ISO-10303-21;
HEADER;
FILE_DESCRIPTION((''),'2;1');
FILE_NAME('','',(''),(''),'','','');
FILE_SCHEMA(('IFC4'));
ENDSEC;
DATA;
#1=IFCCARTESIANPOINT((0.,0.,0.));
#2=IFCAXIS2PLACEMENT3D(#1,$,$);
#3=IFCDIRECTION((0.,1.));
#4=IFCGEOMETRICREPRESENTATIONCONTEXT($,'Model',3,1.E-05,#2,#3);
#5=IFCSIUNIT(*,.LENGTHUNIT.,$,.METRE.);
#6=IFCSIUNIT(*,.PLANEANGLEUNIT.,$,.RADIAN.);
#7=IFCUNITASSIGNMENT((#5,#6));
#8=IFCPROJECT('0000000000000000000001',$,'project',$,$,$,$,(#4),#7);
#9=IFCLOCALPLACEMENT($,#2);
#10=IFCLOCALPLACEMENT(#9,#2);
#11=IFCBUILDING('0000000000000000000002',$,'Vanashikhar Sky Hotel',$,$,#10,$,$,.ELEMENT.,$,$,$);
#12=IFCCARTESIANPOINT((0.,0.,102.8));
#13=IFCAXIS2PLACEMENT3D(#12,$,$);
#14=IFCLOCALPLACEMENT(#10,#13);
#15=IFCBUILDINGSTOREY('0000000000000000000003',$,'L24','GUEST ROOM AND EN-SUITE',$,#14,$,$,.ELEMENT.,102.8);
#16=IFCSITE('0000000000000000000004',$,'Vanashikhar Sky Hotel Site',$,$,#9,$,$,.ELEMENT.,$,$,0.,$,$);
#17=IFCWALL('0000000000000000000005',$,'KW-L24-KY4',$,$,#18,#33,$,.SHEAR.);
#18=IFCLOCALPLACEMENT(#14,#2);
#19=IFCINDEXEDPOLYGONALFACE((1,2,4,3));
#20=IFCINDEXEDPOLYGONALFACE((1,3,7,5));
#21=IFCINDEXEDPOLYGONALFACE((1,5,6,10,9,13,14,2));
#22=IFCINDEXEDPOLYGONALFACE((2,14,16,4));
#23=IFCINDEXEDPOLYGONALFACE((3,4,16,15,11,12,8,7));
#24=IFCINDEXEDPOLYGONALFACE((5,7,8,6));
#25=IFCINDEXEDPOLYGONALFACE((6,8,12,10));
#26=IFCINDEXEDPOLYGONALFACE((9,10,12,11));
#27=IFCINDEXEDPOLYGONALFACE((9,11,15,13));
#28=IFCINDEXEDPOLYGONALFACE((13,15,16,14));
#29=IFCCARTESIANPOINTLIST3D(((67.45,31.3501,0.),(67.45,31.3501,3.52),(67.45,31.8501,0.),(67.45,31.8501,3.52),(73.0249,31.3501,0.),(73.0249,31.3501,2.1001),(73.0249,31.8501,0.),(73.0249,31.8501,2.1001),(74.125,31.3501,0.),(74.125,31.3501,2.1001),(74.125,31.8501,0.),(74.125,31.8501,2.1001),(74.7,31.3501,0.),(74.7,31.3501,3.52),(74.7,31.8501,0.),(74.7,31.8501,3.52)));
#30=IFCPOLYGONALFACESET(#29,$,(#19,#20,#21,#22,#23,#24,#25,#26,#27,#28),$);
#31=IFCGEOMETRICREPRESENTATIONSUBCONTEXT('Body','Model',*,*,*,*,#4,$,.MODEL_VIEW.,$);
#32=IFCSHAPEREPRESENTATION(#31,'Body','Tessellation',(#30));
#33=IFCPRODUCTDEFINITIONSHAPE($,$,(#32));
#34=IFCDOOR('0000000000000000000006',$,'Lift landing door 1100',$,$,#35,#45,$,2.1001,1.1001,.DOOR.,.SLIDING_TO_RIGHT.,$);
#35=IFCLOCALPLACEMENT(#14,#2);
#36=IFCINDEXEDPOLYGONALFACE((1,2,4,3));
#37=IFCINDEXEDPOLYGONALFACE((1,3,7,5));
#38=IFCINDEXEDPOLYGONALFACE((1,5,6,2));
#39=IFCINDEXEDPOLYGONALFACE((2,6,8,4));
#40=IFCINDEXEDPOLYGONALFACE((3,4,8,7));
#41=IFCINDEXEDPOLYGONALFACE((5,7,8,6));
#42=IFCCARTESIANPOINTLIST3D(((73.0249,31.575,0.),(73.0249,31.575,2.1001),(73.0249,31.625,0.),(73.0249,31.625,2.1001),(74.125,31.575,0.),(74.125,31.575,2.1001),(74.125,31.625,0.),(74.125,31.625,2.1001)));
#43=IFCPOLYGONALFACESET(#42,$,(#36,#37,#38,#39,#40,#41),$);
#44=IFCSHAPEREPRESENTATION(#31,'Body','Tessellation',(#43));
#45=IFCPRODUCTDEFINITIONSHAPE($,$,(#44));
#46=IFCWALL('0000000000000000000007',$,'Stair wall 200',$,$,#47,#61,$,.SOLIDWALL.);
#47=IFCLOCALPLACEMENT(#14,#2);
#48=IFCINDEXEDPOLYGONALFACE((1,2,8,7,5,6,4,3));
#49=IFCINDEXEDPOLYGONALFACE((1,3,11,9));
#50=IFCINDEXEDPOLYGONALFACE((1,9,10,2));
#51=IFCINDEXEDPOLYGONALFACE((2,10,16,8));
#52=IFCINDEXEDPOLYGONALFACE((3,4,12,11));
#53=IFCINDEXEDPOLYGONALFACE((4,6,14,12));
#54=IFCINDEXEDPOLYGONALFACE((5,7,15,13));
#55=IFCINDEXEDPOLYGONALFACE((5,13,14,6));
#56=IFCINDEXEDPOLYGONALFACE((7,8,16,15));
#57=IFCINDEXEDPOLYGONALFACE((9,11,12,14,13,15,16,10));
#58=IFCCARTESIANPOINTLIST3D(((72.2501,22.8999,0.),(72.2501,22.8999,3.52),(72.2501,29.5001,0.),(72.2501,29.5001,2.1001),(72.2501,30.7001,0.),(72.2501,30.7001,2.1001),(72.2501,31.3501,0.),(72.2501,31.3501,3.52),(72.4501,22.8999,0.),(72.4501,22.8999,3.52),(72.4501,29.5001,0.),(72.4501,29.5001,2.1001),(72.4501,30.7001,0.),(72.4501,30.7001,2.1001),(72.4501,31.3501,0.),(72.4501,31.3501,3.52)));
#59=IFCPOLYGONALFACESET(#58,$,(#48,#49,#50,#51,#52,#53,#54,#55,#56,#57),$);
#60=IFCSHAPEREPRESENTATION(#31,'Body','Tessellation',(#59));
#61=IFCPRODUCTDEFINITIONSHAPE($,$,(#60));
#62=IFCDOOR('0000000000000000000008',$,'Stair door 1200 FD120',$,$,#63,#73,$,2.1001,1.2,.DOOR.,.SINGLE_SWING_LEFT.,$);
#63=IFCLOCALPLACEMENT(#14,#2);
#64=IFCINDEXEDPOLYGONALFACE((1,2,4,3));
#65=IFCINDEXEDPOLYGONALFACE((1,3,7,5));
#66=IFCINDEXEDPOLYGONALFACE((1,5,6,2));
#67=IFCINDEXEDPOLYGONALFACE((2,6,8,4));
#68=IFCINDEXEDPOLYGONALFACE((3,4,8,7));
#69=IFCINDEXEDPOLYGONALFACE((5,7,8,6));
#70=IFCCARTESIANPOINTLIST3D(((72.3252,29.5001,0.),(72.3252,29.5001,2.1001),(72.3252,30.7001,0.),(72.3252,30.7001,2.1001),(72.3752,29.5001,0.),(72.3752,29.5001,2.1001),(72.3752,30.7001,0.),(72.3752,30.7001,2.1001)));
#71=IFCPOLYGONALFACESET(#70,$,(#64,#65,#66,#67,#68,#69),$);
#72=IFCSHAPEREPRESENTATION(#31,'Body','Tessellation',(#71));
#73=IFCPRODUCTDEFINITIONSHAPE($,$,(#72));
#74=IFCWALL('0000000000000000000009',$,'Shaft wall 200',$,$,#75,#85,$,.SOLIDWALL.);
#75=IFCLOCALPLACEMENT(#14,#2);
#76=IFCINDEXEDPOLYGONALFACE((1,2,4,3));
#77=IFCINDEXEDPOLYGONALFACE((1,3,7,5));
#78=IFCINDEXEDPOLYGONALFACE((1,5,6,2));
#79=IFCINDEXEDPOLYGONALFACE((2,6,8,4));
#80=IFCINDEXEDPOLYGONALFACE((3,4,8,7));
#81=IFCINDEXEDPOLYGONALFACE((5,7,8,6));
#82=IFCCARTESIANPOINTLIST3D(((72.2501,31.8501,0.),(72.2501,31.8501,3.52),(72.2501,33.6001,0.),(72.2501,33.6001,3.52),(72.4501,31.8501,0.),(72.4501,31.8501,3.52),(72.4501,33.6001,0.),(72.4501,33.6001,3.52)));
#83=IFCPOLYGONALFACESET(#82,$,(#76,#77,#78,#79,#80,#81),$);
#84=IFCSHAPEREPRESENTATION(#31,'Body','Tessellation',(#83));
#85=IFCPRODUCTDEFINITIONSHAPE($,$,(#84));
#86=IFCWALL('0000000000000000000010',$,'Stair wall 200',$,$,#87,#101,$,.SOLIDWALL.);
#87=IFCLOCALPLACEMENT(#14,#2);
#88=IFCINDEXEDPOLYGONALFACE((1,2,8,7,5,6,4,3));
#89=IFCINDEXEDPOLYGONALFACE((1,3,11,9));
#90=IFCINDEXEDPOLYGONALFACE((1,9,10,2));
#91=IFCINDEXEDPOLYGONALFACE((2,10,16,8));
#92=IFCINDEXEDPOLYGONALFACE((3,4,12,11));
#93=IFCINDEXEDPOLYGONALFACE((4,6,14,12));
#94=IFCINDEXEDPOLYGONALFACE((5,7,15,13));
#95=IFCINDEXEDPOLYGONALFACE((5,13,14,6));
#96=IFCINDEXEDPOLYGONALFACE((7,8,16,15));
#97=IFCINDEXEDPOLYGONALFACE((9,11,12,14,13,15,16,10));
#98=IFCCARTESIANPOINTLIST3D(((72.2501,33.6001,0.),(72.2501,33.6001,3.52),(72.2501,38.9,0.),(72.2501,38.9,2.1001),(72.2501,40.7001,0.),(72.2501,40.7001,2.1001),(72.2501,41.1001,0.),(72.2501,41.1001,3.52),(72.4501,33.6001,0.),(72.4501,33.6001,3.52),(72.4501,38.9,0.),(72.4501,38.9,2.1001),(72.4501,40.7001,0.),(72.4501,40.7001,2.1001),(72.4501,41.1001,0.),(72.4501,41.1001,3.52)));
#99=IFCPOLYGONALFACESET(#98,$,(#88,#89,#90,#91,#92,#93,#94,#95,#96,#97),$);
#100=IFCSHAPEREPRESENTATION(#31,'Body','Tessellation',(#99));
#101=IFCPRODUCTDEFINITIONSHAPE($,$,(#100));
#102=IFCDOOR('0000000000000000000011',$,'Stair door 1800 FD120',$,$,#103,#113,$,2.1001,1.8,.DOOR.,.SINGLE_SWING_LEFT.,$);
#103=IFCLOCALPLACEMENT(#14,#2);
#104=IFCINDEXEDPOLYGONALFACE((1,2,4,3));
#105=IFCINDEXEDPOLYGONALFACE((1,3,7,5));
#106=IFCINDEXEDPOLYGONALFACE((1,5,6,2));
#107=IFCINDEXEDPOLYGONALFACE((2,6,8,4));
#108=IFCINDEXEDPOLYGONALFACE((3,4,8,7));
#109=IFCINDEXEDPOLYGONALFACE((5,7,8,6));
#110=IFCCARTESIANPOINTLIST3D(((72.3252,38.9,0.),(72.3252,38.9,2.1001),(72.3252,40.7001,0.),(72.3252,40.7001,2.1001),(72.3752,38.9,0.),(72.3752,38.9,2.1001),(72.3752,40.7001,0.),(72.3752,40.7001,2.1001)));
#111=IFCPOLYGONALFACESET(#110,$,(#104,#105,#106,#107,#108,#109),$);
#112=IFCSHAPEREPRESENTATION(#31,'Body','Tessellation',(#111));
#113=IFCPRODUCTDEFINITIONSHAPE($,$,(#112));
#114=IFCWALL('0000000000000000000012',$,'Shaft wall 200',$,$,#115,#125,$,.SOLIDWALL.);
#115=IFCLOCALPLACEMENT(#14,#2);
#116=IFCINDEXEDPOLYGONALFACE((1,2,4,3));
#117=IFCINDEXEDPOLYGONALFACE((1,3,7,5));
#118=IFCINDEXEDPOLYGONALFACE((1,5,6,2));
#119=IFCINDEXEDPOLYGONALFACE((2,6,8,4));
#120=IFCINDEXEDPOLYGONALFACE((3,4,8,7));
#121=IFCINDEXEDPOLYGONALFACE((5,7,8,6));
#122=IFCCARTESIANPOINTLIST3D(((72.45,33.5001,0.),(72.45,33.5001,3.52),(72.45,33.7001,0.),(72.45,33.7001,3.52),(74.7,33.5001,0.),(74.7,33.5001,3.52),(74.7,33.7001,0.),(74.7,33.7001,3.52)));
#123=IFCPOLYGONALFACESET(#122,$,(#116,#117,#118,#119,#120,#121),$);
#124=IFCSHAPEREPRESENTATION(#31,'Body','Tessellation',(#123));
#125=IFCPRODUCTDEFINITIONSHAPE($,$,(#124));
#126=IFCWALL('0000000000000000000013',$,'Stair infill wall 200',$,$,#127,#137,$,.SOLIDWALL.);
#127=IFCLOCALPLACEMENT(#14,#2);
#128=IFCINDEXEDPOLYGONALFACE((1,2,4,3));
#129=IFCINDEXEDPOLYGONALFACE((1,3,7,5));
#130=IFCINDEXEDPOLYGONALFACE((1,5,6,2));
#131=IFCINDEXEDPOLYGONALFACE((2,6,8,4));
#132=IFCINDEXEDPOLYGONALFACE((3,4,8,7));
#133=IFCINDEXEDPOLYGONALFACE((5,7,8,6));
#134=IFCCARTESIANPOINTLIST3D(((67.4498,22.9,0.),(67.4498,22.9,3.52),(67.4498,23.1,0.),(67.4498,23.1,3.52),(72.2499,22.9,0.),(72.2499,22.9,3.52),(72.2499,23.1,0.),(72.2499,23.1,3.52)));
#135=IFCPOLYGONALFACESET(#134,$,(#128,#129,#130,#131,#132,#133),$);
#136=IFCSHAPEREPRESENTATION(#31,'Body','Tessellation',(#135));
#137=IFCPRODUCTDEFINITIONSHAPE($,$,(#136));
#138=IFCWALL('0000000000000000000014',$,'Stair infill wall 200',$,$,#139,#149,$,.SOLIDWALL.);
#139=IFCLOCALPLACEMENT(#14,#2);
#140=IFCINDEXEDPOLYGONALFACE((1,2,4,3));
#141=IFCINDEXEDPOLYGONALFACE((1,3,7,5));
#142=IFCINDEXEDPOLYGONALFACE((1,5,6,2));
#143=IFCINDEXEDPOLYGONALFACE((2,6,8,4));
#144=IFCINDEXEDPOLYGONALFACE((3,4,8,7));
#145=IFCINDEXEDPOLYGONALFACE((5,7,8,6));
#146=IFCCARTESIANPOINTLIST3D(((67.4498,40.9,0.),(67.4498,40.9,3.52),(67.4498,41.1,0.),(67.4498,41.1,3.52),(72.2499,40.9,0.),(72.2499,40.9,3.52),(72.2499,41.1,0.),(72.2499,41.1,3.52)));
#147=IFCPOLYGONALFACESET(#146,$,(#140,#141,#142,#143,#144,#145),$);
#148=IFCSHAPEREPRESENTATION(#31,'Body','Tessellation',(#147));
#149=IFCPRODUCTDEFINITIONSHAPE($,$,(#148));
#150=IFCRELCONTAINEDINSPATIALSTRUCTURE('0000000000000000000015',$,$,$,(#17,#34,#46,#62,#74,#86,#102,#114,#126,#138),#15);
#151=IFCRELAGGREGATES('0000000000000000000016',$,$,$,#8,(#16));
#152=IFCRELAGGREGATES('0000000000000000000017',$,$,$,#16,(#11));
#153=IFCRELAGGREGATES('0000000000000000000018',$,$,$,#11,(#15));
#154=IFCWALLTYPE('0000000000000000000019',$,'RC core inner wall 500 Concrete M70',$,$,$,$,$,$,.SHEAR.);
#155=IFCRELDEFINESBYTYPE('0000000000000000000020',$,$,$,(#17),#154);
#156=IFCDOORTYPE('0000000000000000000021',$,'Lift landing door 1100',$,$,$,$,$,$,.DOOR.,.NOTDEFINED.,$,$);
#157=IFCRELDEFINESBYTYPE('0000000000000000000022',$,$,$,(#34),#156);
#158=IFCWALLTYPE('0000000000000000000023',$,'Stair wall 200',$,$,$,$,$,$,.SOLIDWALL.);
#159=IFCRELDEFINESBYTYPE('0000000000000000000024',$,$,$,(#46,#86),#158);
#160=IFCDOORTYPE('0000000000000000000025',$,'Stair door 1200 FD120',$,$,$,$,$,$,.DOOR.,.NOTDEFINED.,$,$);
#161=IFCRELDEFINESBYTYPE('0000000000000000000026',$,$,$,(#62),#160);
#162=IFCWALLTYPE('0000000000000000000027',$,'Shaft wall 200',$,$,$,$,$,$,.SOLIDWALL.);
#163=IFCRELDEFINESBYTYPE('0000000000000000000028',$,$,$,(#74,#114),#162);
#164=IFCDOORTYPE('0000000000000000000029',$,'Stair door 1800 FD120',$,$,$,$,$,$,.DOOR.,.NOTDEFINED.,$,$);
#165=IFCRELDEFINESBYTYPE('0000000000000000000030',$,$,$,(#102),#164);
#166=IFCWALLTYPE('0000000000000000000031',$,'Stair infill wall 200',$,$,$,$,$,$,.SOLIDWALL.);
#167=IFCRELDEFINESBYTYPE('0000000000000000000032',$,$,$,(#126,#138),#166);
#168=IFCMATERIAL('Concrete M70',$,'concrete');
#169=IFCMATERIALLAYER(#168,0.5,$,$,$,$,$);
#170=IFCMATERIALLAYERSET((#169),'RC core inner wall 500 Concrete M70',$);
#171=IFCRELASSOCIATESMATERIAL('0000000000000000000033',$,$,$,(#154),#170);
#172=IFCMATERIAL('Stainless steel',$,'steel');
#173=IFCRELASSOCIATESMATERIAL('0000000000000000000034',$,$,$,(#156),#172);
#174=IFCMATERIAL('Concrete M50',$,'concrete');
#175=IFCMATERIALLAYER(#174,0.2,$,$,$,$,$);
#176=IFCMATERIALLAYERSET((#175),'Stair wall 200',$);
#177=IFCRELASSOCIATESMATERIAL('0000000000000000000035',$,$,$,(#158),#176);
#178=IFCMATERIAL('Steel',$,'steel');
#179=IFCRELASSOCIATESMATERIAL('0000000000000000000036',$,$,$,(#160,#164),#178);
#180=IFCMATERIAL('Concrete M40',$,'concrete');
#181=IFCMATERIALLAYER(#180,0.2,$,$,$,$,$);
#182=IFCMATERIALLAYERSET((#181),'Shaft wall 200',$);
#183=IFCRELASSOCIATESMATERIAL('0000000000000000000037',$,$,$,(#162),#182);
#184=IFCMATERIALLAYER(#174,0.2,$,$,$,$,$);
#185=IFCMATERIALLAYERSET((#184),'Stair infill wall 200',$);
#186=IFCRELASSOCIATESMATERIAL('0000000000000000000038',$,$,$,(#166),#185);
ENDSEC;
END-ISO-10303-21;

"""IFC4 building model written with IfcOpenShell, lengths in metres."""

from ifc_helpers import new_model, si_unit, direction, frame, frame_2d, origin, place, context, subcontext, project, spatial, rectangle, extrude, source, transform, mapped, material, layer, layer_set, type_object, element, fill, save


model = new_model("IFC4")

# Units and contexts
model_context = context("Model", 3, precision=1e-05, world=origin(), true_north=direction((0.0, 1.0)))
body_context = subcontext(model_context, "Body", "Model", "MODEL_VIEW")
ifc_project = project(units=[si_unit("LENGTHUNIT", "METRE"), si_unit("PLANEANGLEUNIT", "RADIAN")], contexts=[model_context])

# Site, building, storey
site_placement = place(None, origin())
site = spatial("IfcSite", under=ifc_project, at=site_placement, Name="Vanashikhar Sky Hotel Site", CompositionType="ELEMENT", RefElevation=0.0)
building_placement = place(site_placement, origin())
building = spatial("IfcBuilding", under=site, at=building_placement, Name="Vanashikhar Sky Hotel", CompositionType="ELEMENT")
storey_placement = place(building_placement, frame((0.0, 0.0, 102.8)))
storey = spatial("IfcBuildingStorey", under=building, at=storey_placement, Name="L24", Description="GUEST ROOM AND EN-SUITE", CompositionType="ELEMENT", Elevation=102.8)

# Walls, openings, doors
ifc_material_1 = material(Name="Concrete M70", Category="concrete")
ifc_layer_1 = layer(ifc_material_1, 0.5)
ifc_layer_set_1 = layer_set([ifc_layer_1], Name="RC core inner wall 500 Concrete M70")
wall_type_1 = type_object("IfcWallType", Name="RC core inner wall 500 Concrete M70", PredefinedType="SHEAR", material=ifc_layer_set_1)
shared_shape_1 = source(origin(), body_context, "Body", "SweptSolid", [
    extrude(rectangle(XDim=7.25, YDim=0.5, at=frame_2d((3.625, 0.0))), origin(), (0.0, 0.0, 1.0), 3.52),
])
wall_1_placement = place(storey_placement, frame((67.45, 31.6001, 0.0), z_axis=(0.0, 0.0, 1.0), x_axis=(1.0, 0.0, 0.0)))
wall_1 = element("IfcWall", 1, at=wall_1_placement, inside=storey, type_object=wall_type_1, Name="KW-L24-KY4", PredefinedType="SHEAR", context=body_context, shape_type="MappedRepresentation", body=[
    mapped(shared_shape_1, transform((0.0, 0.0, 0.0), scale=1.0)),
])
shared_shape_2 = source(origin(), body_context, "Body", "SweptSolid", [
    extrude(rectangle(XDim=1.1001, YDim=2.1001, at=frame_2d((0.55, 1.05))), frame((0.0, 0.26, 0.0), z_axis=(0.0, -1.0, 0.0), x_axis=(1.0, 0.0, 0.0)), (0.0, 0.0, 1.0), 0.52),
])
opening_1_placement = place(wall_1_placement, frame((5.575, 0.0, 0.0)))
opening_1 = element("IfcOpeningElement", 2, at=opening_1_placement, cuts=wall_1, PredefinedType="OPENING", context=body_context, shape_type="MappedRepresentation", body=[
    mapped(shared_shape_2, transform((0.0, 0.0, 0.0), scale=1.0)),
])
ifc_material_2 = material(Name="Stainless steel", Category="steel")
door_type_1 = type_object("IfcDoorType", Name="Lift landing door 1100", OperationType="NOTDEFINED", PredefinedType="DOOR", material=ifc_material_2)
shared_shape_3 = source(origin(), body_context, "Body", "SweptSolid", [
    extrude(rectangle(XDim=1.1001, YDim=2.1001, at=frame_2d((0.55, 1.05))), frame((0.0, 0.0249, 0.0), z_axis=(0.0, -1.0, 0.0), x_axis=(1.0, 0.0, 0.0)), (0.0, 0.0, 1.0), 0.05),
])
door_1_placement = place(opening_1_placement, origin())
door_1 = element("IfcDoor", 3, at=door_1_placement, inside=storey, type_object=door_type_1, Name="Lift landing door 1100", OperationType="SLIDING_TO_RIGHT", OverallHeight=2.1001, OverallWidth=1.1001, PredefinedType="DOOR", context=body_context, shape_type="MappedRepresentation", body=[
    mapped(shared_shape_3, transform((0.0, 0.0, 0.0), scale=1.0)),
])
fill(opening_1, door_1)
ifc_material_3 = material(Name="Concrete M50", Category="concrete")
ifc_layer_2 = layer(ifc_material_3, 0.2)
ifc_layer_set_2 = layer_set([ifc_layer_2], Name="Stair wall 200")
wall_type_2 = type_object("IfcWallType", Name="Stair wall 200", PredefinedType="SOLIDWALL", material=ifc_layer_set_2)
shared_shape_4 = source(origin(), body_context, "Body", "SweptSolid", [
    extrude(rectangle(XDim=8.4502, YDim=0.2, at=frame_2d((4.2251, 0.0))), origin(), (0.0, 0.0, 1.0), 3.52),
])
wall_2_placement = place(storey_placement, frame((72.3501, 22.8999, 0.0), z_axis=(0.0, 0.0, 1.0), x_axis=(0.0, 1.0, 0.0)))
wall_2 = element("IfcWall", 4, at=wall_2_placement, inside=storey, type_object=wall_type_2, Name="Stair wall 200", PredefinedType="SOLIDWALL", context=body_context, shape_type="MappedRepresentation", body=[
    mapped(shared_shape_4, transform((0.0, 0.0, 0.0), scale=1.0)),
])
shared_shape_5 = source(origin(), body_context, "Body", "SweptSolid", [
    extrude(rectangle(XDim=1.2, YDim=2.1001, at=frame_2d((0.6001, 1.05))), frame((0.0, 0.1099, 0.0), z_axis=(0.0, -1.0, 0.0), x_axis=(1.0, 0.0, 0.0)), (0.0, 0.0, 1.0), 0.22),
])
opening_2_placement = place(wall_2_placement, frame((6.6001, 0.0, 0.0)))
opening_2 = element("IfcOpeningElement", 5, at=opening_2_placement, cuts=wall_2, PredefinedType="OPENING", context=body_context, shape_type="MappedRepresentation", body=[
    mapped(shared_shape_5, transform((0.0, 0.0, 0.0), scale=1.0)),
])
ifc_material_4 = material(Name="Steel", Category="steel")
door_type_2 = type_object("IfcDoorType", Name="Stair door 1200 FD120", OperationType="NOTDEFINED", PredefinedType="DOOR", material=ifc_material_4)
shared_shape_6 = source(origin(), body_context, "Body", "SweptSolid", [
    extrude(rectangle(XDim=1.2, YDim=2.1001, at=frame_2d((0.6001, 1.05))), frame((0.0, 0.0249, 0.0), z_axis=(0.0, -1.0, 0.0), x_axis=(1.0, 0.0, 0.0)), (0.0, 0.0, 1.0), 0.05),
])
door_2_placement = place(opening_2_placement, origin())
door_2 = element("IfcDoor", 6, at=door_2_placement, inside=storey, type_object=door_type_2, Name="Stair door 1200 FD120", OperationType="SINGLE_SWING_LEFT", OverallHeight=2.1001, OverallWidth=1.2, PredefinedType="DOOR", context=body_context, shape_type="MappedRepresentation", body=[
    mapped(shared_shape_6, transform((0.0, 0.0, 0.0), scale=1.0)),
])
fill(opening_2, door_2)

# Wall
ifc_material_5 = material(Name="Concrete M40", Category="concrete")
ifc_layer_3 = layer(ifc_material_5, 0.2)
ifc_layer_set_3 = layer_set([ifc_layer_3], Name="Shaft wall 200")
wall_type_3 = type_object("IfcWallType", Name="Shaft wall 200", PredefinedType="SOLIDWALL", material=ifc_layer_set_3)
shared_shape_7 = source(origin(), body_context, "Body", "SweptSolid", [
    extrude(rectangle(XDim=1.75, YDim=0.2, at=frame_2d((0.875, 0.0))), origin(), (0.0, 0.0, 1.0), 3.52),
])
wall_3_placement = place(storey_placement, frame((72.3501, 31.8501, 0.0), z_axis=(0.0, 0.0, 1.0), x_axis=(0.0, 1.0, 0.0)))
element("IfcWall", 7, at=wall_3_placement, inside=storey, type_object=wall_type_3, Name="Shaft wall 200", PredefinedType="SOLIDWALL", context=body_context, shape_type="MappedRepresentation", body=[
    mapped(shared_shape_7, transform((0.0, 0.0, 0.0), scale=1.0)),
])

# Wall, opening, door
shared_shape_8 = source(origin(), body_context, "Body", "SweptSolid", [
    extrude(rectangle(XDim=7.5, YDim=0.2, at=frame_2d((3.75, 0.0))), origin(), (0.0, 0.0, 1.0), 3.52),
])
wall_4_placement = place(storey_placement, frame((72.3501, 33.6001, 0.0), z_axis=(0.0, 0.0, 1.0), x_axis=(0.0, 1.0, 0.0)))
wall_4 = element("IfcWall", 8, at=wall_4_placement, inside=storey, type_object=wall_type_2, Name="Stair wall 200", PredefinedType="SOLIDWALL", context=body_context, shape_type="MappedRepresentation", body=[
    mapped(shared_shape_8, transform((0.0, 0.0, 0.0), scale=1.0)),
])
shared_shape_9 = source(origin(), body_context, "Body", "SweptSolid", [
    extrude(rectangle(XDim=1.8, YDim=2.1001, at=frame_2d((0.8999, 1.05))), frame((0.0, 0.1099, 0.0), z_axis=(0.0, -1.0, 0.0), x_axis=(1.0, 0.0, 0.0)), (0.0, 0.0, 1.0), 0.22),
])
opening_3_placement = place(wall_4_placement, frame((5.3, 0.0, 0.0)))
opening_3 = element("IfcOpeningElement", 9, at=opening_3_placement, cuts=wall_4, PredefinedType="OPENING", context=body_context, shape_type="MappedRepresentation", body=[
    mapped(shared_shape_9, transform((0.0, 0.0, 0.0), scale=1.0)),
])
door_type_3 = type_object("IfcDoorType", Name="Stair door 1800 FD120", OperationType="NOTDEFINED", PredefinedType="DOOR", material=ifc_material_4)
shared_shape_10 = source(origin(), body_context, "Body", "SweptSolid", [
    extrude(rectangle(XDim=1.8, YDim=2.1001, at=frame_2d((0.8999, 1.05))), frame((0.0, 0.0249, 0.0), z_axis=(0.0, -1.0, 0.0), x_axis=(1.0, 0.0, 0.0)), (0.0, 0.0, 1.0), 0.05),
])
door_3_placement = place(opening_3_placement, origin())
door_3 = element("IfcDoor", 10, at=door_3_placement, inside=storey, type_object=door_type_3, Name="Stair door 1800 FD120", OperationType="SINGLE_SWING_LEFT", OverallHeight=2.1001, OverallWidth=1.8, PredefinedType="DOOR", context=body_context, shape_type="MappedRepresentation", body=[
    mapped(shared_shape_10, transform((0.0, 0.0, 0.0), scale=1.0)),
])
fill(opening_3, door_3)

# Walls
shared_shape_11 = source(origin(), body_context, "Body", "SweptSolid", [
    extrude(rectangle(XDim=2.25, YDim=0.2, at=frame_2d((1.125, 0.0))), origin(), (0.0, 0.0, 1.0), 3.52),
])
wall_5_placement = place(storey_placement, frame((72.45, 33.6001, 0.0), z_axis=(0.0, 0.0, 1.0), x_axis=(1.0, 0.0, 0.0)))
element("IfcWall", 11, at=wall_5_placement, inside=storey, type_object=wall_type_3, Name="Shaft wall 200", PredefinedType="SOLIDWALL", context=body_context, shape_type="MappedRepresentation", body=[
    mapped(shared_shape_11, transform((0.0, 0.0, 0.0), scale=1.0)),
])
ifc_layer_4 = layer(ifc_material_3, 0.2)
ifc_layer_set_4 = layer_set([ifc_layer_4], Name="Stair infill wall 200")
wall_type_4 = type_object("IfcWallType", Name="Stair infill wall 200", PredefinedType="SOLIDWALL", material=ifc_layer_set_4)
shared_shape_12 = source(origin(), body_context, "Body", "SweptSolid", [
    extrude(rectangle(XDim=4.8, YDim=0.2, at=frame_2d((2.3999, 0.0))), origin(), (0.0, 0.0, 1.0), 3.52),
])
for number, where, z_axis, x_axis, name in (
    (12, (67.45, 23.0, 0.0), (0.0, 0.0, 1.0), (1.0, 0.0, 0.0), "Stair infill wall 200"),
    (13, (67.45, 41.0, 0.0), (0.0, 0.0, 1.0), (1.0, 0.0, 0.0), "Stair infill wall 200"),
):
    element("IfcWall", number, at=place(storey_placement, frame(where, z_axis=z_axis, x_axis=x_axis)), inside=storey, type_object=wall_type_4, Name=name, PredefinedType="SOLIDWALL", context=body_context, shape_type="MappedRepresentation", body=[
        mapped(shared_shape_12, transform((0.0, 0.0, 0.0), scale=1.0)),
    ])

save(model, "model.ifc")
